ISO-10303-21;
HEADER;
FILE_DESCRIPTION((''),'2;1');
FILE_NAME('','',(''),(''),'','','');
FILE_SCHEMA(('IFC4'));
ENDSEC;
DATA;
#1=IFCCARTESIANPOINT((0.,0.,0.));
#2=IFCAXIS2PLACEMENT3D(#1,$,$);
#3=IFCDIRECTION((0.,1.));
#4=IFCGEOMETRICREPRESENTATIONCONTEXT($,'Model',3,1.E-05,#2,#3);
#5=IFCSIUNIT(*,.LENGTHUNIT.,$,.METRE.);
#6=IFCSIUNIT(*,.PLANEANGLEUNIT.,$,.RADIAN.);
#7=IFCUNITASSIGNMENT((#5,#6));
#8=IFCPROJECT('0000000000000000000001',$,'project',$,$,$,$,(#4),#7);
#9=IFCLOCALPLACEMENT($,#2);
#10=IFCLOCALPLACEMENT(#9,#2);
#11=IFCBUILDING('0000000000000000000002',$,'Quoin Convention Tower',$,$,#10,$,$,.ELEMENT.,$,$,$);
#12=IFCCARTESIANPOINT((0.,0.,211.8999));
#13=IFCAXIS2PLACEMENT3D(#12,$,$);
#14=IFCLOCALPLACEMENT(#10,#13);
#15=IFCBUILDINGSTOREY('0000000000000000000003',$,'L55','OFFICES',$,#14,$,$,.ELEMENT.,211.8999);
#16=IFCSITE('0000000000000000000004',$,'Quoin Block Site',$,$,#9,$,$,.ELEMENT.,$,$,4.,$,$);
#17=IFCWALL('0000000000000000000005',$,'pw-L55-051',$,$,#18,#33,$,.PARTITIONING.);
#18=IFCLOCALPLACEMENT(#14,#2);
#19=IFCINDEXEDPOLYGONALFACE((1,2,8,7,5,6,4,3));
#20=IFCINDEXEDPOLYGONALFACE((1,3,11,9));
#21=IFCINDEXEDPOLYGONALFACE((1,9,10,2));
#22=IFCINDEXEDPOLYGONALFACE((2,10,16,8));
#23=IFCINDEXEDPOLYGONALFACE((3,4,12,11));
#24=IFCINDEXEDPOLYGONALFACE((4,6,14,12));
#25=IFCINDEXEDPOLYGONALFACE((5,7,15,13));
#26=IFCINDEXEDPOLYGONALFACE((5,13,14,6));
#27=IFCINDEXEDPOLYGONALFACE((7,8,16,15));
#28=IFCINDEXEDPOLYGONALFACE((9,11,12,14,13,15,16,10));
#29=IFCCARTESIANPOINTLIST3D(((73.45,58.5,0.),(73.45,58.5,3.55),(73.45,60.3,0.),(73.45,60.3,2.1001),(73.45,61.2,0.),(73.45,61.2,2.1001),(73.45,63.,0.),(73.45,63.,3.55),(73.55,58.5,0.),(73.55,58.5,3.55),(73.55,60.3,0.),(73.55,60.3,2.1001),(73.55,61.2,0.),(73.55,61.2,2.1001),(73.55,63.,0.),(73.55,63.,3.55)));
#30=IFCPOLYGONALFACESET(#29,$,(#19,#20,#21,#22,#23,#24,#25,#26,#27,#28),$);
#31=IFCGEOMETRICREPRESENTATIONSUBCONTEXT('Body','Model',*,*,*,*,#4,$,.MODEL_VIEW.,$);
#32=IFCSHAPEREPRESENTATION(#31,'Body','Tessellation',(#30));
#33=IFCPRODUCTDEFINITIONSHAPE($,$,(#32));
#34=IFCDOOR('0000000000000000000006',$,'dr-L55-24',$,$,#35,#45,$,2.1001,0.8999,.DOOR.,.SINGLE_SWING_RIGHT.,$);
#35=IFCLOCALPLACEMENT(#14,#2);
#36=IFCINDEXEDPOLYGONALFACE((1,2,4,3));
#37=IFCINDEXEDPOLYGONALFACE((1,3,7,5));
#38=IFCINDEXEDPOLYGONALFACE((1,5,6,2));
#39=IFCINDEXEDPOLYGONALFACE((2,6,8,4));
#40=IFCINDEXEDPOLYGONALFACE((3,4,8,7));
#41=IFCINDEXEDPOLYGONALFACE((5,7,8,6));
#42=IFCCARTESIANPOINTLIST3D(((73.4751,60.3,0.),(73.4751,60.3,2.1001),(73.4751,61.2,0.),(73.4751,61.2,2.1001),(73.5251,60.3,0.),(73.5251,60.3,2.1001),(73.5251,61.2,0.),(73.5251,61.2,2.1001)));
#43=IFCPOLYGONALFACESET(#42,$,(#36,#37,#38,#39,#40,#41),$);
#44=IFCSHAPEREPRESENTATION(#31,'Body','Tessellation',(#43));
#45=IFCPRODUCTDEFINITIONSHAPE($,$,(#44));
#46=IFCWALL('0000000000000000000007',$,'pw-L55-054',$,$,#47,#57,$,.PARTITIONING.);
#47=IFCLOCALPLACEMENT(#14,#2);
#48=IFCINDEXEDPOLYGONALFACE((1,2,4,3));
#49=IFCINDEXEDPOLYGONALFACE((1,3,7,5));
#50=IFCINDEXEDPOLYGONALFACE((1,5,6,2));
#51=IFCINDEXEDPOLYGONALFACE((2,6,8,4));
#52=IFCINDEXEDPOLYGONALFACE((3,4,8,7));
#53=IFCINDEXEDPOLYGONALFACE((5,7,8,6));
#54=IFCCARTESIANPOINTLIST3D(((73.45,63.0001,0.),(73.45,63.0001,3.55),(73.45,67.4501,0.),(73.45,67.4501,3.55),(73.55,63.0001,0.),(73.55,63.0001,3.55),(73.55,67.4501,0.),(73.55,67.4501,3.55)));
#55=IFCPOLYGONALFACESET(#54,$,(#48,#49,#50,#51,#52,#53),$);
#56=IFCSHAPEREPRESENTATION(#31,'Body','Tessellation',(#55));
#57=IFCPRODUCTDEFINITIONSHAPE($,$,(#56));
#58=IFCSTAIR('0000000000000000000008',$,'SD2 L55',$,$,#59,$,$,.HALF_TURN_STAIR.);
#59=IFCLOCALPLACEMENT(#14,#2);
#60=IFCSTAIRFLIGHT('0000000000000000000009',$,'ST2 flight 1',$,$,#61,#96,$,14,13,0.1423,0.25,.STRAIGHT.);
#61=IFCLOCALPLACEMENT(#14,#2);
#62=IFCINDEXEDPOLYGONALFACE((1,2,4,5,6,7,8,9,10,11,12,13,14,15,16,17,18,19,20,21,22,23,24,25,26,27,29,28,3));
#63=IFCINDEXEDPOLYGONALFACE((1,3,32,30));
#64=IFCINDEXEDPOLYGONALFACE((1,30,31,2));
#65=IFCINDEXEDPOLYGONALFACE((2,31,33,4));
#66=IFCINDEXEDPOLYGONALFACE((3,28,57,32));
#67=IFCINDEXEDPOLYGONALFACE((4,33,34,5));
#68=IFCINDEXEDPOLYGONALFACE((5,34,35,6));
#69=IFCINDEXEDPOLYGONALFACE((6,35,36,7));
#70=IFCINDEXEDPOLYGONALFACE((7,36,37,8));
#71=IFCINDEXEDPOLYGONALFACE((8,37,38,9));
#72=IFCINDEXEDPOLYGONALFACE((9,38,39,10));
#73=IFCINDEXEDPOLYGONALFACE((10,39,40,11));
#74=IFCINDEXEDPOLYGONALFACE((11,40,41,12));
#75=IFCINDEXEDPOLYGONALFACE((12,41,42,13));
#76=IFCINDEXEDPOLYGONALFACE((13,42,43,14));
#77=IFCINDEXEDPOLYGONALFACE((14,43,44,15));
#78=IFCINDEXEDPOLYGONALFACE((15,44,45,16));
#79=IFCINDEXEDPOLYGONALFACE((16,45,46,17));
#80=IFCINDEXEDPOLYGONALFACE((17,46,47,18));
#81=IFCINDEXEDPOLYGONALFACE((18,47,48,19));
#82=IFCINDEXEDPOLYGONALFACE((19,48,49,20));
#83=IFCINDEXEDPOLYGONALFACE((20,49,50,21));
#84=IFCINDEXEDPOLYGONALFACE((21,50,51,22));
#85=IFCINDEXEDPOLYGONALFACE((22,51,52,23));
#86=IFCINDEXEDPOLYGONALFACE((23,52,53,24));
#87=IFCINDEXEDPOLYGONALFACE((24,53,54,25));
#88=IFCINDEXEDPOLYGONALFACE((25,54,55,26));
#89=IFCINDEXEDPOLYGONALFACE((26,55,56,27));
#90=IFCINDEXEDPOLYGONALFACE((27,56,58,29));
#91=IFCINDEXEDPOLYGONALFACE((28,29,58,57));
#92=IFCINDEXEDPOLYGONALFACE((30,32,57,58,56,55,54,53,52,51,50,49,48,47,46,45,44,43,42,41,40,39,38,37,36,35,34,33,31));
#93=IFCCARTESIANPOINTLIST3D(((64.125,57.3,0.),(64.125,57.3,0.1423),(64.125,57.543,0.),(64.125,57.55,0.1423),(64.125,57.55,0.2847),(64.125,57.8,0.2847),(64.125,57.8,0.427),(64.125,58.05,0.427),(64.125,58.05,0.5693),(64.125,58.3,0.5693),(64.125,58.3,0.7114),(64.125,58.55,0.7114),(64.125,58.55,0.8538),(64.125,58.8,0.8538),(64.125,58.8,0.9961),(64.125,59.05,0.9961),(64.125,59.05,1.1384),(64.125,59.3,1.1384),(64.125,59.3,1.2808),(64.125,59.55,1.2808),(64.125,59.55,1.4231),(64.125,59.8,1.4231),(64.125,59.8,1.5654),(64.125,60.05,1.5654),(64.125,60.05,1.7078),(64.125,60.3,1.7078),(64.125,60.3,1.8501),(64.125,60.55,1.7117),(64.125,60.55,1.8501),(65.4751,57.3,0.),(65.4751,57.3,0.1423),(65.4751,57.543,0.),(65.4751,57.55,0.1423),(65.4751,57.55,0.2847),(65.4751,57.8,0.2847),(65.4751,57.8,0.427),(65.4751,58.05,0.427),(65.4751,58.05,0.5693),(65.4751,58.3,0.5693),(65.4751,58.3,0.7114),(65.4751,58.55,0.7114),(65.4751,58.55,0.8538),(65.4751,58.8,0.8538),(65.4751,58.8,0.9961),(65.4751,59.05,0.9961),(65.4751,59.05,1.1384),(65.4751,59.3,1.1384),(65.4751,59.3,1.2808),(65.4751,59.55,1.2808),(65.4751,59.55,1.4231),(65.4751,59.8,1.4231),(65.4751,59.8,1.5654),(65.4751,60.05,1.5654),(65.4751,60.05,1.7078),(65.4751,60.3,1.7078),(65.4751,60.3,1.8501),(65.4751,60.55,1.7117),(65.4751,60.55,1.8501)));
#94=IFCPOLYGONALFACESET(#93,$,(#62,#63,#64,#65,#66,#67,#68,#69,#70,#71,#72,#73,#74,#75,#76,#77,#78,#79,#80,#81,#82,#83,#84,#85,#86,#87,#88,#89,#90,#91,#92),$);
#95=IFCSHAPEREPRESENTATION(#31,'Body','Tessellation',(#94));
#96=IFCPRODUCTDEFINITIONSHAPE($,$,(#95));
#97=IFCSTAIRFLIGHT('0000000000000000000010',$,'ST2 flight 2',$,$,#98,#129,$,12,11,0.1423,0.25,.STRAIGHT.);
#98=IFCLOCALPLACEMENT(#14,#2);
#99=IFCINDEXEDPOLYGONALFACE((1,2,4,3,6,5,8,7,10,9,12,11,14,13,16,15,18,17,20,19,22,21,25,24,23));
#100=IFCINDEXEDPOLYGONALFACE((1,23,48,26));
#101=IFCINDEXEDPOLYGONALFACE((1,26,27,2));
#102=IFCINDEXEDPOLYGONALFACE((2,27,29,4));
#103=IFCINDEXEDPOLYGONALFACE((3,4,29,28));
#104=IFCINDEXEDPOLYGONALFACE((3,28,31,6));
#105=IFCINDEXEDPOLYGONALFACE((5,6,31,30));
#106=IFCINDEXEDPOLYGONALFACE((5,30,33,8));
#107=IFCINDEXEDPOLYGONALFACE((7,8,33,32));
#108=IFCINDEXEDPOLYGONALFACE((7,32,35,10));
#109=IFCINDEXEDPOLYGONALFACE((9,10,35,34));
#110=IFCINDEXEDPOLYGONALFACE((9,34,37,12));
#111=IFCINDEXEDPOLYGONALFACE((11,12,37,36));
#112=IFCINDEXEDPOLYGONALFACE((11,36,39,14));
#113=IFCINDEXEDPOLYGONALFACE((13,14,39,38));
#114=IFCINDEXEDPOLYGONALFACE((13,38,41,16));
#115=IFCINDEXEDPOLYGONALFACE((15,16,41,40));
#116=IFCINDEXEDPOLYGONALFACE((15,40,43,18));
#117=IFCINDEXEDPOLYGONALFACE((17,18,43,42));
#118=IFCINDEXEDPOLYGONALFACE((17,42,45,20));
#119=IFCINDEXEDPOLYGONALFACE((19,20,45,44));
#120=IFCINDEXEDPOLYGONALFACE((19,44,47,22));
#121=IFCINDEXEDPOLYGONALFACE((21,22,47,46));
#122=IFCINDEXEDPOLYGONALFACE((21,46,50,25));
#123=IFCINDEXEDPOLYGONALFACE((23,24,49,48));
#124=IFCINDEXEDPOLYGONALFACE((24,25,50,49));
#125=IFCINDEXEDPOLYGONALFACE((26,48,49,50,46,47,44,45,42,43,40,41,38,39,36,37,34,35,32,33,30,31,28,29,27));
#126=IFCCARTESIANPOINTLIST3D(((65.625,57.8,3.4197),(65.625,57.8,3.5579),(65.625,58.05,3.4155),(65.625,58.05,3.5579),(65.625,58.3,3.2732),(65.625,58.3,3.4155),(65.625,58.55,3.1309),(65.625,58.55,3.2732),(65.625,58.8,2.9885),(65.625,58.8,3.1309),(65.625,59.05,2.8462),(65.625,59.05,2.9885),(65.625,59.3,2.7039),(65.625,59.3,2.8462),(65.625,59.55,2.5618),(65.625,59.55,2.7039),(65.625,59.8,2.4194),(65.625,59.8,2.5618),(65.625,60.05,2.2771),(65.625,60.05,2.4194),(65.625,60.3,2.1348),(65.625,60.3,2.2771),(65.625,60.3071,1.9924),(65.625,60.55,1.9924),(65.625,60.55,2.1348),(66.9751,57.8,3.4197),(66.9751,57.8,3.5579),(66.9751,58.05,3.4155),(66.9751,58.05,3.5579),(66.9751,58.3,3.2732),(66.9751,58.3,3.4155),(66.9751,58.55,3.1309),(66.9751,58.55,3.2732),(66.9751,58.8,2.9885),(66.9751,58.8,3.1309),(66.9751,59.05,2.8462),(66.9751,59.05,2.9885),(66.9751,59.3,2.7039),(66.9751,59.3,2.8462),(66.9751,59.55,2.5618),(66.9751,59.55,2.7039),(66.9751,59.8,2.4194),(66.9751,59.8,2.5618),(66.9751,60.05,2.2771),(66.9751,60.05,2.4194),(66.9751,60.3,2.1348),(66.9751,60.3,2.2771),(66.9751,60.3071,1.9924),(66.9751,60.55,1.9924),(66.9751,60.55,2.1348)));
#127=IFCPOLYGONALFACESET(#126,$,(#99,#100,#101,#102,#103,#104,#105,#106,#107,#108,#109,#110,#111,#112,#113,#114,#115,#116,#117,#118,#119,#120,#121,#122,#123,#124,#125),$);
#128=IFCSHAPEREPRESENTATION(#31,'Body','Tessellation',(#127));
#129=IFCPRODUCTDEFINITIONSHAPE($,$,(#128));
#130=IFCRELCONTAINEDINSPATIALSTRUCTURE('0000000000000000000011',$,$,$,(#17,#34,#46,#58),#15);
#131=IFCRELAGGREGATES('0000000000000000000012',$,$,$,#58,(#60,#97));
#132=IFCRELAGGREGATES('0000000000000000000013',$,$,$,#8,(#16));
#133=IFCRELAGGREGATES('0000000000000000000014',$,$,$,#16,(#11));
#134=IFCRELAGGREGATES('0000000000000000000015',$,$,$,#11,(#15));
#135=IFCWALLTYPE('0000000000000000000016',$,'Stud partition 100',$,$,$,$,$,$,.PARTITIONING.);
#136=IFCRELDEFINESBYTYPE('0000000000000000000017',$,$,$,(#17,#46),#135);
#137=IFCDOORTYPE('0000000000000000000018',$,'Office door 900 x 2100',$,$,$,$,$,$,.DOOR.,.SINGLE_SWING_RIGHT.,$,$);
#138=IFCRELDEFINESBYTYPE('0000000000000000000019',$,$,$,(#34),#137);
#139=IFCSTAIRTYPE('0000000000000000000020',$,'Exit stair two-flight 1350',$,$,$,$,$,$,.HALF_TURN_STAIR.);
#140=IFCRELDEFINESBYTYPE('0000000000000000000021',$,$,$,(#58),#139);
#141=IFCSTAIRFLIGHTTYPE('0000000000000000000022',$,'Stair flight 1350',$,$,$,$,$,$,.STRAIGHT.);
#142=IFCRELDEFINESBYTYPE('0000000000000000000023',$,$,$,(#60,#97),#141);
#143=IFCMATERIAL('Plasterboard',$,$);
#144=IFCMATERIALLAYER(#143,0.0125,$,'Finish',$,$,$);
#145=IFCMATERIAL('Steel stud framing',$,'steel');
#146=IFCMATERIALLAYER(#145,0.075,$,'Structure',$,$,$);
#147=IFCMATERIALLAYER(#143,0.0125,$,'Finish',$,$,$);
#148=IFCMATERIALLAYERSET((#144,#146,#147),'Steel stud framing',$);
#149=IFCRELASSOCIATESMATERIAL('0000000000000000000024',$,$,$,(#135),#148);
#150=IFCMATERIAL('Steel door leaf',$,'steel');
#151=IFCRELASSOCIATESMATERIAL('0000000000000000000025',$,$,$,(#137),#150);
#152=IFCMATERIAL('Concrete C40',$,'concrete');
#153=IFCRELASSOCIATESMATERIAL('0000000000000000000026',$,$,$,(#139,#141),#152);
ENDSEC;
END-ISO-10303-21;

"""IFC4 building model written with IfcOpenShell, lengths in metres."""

from ifc_helpers import new_model, si_unit, direction, frame, frame_2d, origin, place, context, subcontext, project, spatial, polyline, rectangle, outline, extrude, material, layer, layer_set, type_object, element, fill, aggregate, save


model = new_model("IFC4")

# Units and contexts
model_context = context("Model", 3, precision=1e-05, world=origin(), true_north=direction((0.0, 1.0)))
body_context = subcontext(model_context, "Body", "Model", "MODEL_VIEW")
ifc_project = project(units=[si_unit("LENGTHUNIT", "METRE"), si_unit("PLANEANGLEUNIT", "RADIAN")], contexts=[model_context])

# Site, building, storey
site_placement = place(None, origin())
site = spatial("IfcSite", under=ifc_project, at=site_placement, Name="Quoin Block Site", CompositionType="ELEMENT", RefElevation=4.0)
building_placement = place(site_placement, origin())
building = spatial("IfcBuilding", under=site, at=building_placement, Name="Quoin Convention Tower", CompositionType="ELEMENT")
storey_placement = place(building_placement, frame((0.0, 0.0, 211.8999)))
storey = spatial("IfcBuildingStorey", under=building, at=storey_placement, Name="L55", Description="OFFICES", CompositionType="ELEMENT", Elevation=211.8999)

# Shared definitions
ifc_material_1 = material(Name="Steel door leaf", Category="steel")

# Shared definitions
ifc_material_2 = material(Name="Plasterboard")
ifc_layer_1 = layer(ifc_material_2, 0.0125, Name="Finish")
ifc_material_3 = material(Name="Steel stud framing", Category="steel")
ifc_layer_2 = layer(ifc_material_3, 0.075, Name="Structure")
ifc_layer_3 = layer(ifc_material_2, 0.0125, Name="Finish")
ifc_layer_set_1 = layer_set([ifc_layer_1, ifc_layer_2, ifc_layer_3], Name="Steel stud framing")
wall_type_1 = type_object("IfcWallType", Name="Stud partition 100", PredefinedType="PARTITIONING", material=ifc_layer_set_1)

# Wall, opening, door
door_type_1 = type_object("IfcDoorType", Name="Office door 900 x 2100", OperationType="SINGLE_SWING_RIGHT", PredefinedType="DOOR", material=ifc_material_1)
wall_1_placement = place(storey_placement, frame((73.5, 58.5, 0.0), z_axis=(0.0, 0.0, 1.0), x_axis=(0.0, 1.0, 0.0)))
wall_1 = element("IfcWall", 1, at=wall_1_placement, inside=storey, type_object=wall_type_1, Name="pw-L55-051", PredefinedType="PARTITIONING", context=body_context, shape_type="SweptSolid", body=[
    extrude(rectangle(XDim=4.5, YDim=0.1001, at=frame_2d((2.25, 0.0))), origin(), (0.0, 0.0, 1.0), 3.55),
])
opening_1_placement = place(wall_1_placement, frame((1.8, 0.0, 0.0)))
opening_1 = element("IfcOpeningElement", 2, at=opening_1_placement, cuts=wall_1, PredefinedType="OPENING", context=body_context, shape_type="SweptSolid", body=[
    extrude(rectangle(XDim=0.8999, YDim=2.1001, at=frame_2d((0.45, 1.05))), frame((0.0, 0.0601, 0.0), z_axis=(0.0, -1.0, 0.0), x_axis=(1.0, 0.0, 0.0)), (0.0, 0.0, 1.0), 0.1201),
])
door_1_placement = place(opening_1_placement, origin())
door_1 = element("IfcDoor", 3, at=door_1_placement, inside=storey, type_object=door_type_1, Name="dr-L55-24", OperationType="SINGLE_SWING_RIGHT", OverallHeight=2.1001, OverallWidth=0.8999, PredefinedType="DOOR", context=body_context, shape_type="SweptSolid", body=[
    extrude(rectangle(XDim=0.8999, YDim=2.1001, at=frame_2d((0.45, 1.05))), frame((0.0, 0.0249, 0.0), z_axis=(0.0, -1.0, 0.0), x_axis=(1.0, 0.0, 0.0)), (0.0, 0.0, 1.0), 0.05),
])
fill(opening_1, door_1)

# Wall
wall_2_placement = place(storey_placement, frame((73.5, 63.0, 0.0), z_axis=(0.0, 0.0, 1.0), x_axis=(0.0, 1.0, 0.0)))
element("IfcWall", 4, at=wall_2_placement, inside=storey, type_object=wall_type_1, Name="pw-L55-054", PredefinedType="PARTITIONING", context=body_context, shape_type="SweptSolid", body=[
    extrude(rectangle(XDim=4.45, YDim=0.1001, at=frame_2d((2.2251, 0.0))), origin(), (0.0, 0.0, 1.0), 3.55),
])

# Stair, stair flights
ifc_material_4 = material(Name="Concrete C40", Category="concrete")
stair_type = type_object("IfcStairType", Name="Exit stair two-flight 1350", PredefinedType="HALF_TURN_STAIR", material=ifc_material_4)
stair_placement = place(storey_placement, origin())
stair = element("IfcStair", 5, at=stair_placement, inside=storey, type_object=stair_type, Name="SD2 L55", PredefinedType="HALF_TURN_STAIR")
stair_flight_type = type_object("IfcStairFlightType", Name="Stair flight 1350", PredefinedType="STRAIGHT", material=ifc_material_4)
stair_flight_1_placement = place(storey_placement, frame((64.8, 57.3, 0.0), z_axis=(0.0, 0.0, 1.0), x_axis=(0.0, 1.0, 0.0)))
stair_flight_1 = element("IfcStairFlight", 6, at=stair_flight_1_placement, type_object=stair_flight_type, Name="ST2 flight 1", NumberOfRisers=14, NumberOfTreads=13, PredefinedType="STRAIGHT", RiserHeight=0.1423, TreadLength=0.25, context=body_context, shape_type="SweptSolid", body=[
    extrude(outline(polyline([(0.0, 0.0), (0.0, 0.1423), (0.25, 0.1423), (0.25, 0.2847), (0.5, 0.2847), (0.5, 0.427), (0.75, 0.427), (0.75, 0.5693), (1.0, 0.5693), (1.0, 0.7114), (1.25, 0.7114), (1.25, 0.8538), (1.5, 0.8538), (1.5, 0.9961), (1.75, 0.9961), (1.75, 1.1384), (2.0, 1.1384), (2.0, 1.2808), (2.25, 1.2808), (2.25, 1.4231), (2.5, 1.4231), (2.5, 1.5654), (2.75, 1.5654), (2.75, 1.7078), (3.0, 1.7078), (3.0, 1.8501), (3.25, 1.8501), (3.25, 1.9922), (3.25, 1.7117), (0.2429, 0.0), (0.0, 0.0)])), frame((0.0, 0.675, 0.0), z_axis=(0.0, -1.0, 0.0), x_axis=(1.0, 0.0, 0.0)), (0.0, 0.0, 1.0), 1.3501),
])
stair_flight_2_placement = place(storey_placement, frame((66.3, 60.55, 1.9924), z_axis=(0.0, 0.0, 1.0), x_axis=(0.0, -1.0, 0.0)))
stair_flight_2 = element("IfcStairFlight", 7, at=stair_flight_2_placement, type_object=stair_flight_type, Name="ST2 flight 2", NumberOfRisers=12, NumberOfTreads=11, PredefinedType="STRAIGHT", RiserHeight=0.1423, TreadLength=0.25, context=body_context, shape_type="SweptSolid", body=[
    extrude(outline(polyline([(0.0, 0.0), (0.0, 0.1423), (0.25, 0.1423), (0.25, 0.2847), (0.5, 0.2847), (0.5, 0.427), (0.75, 0.427), (0.75, 0.5693), (1.0, 0.5693), (1.0, 0.7114), (1.25, 0.7114), (1.25, 0.8538), (1.5, 0.8538), (1.5, 0.9961), (1.75, 0.9961), (1.75, 1.1384), (2.0, 1.1384), (2.0, 1.2808), (2.25, 1.2808), (2.25, 1.4231), (2.5, 1.4231), (2.5, 1.5654), (2.75, 1.5654), (2.75, 1.7078), (2.75, 1.4272), (0.2429, 0.0), (0.0, 0.0)])), frame((0.0, 0.675, 0.0), z_axis=(0.0, -1.0, 0.0), x_axis=(1.0, 0.0, 0.0)), (0.0, 0.0, 1.0), 1.3501),
])
aggregate(stair, [stair_flight_1, stair_flight_2])

save(model, "model.ifc")
